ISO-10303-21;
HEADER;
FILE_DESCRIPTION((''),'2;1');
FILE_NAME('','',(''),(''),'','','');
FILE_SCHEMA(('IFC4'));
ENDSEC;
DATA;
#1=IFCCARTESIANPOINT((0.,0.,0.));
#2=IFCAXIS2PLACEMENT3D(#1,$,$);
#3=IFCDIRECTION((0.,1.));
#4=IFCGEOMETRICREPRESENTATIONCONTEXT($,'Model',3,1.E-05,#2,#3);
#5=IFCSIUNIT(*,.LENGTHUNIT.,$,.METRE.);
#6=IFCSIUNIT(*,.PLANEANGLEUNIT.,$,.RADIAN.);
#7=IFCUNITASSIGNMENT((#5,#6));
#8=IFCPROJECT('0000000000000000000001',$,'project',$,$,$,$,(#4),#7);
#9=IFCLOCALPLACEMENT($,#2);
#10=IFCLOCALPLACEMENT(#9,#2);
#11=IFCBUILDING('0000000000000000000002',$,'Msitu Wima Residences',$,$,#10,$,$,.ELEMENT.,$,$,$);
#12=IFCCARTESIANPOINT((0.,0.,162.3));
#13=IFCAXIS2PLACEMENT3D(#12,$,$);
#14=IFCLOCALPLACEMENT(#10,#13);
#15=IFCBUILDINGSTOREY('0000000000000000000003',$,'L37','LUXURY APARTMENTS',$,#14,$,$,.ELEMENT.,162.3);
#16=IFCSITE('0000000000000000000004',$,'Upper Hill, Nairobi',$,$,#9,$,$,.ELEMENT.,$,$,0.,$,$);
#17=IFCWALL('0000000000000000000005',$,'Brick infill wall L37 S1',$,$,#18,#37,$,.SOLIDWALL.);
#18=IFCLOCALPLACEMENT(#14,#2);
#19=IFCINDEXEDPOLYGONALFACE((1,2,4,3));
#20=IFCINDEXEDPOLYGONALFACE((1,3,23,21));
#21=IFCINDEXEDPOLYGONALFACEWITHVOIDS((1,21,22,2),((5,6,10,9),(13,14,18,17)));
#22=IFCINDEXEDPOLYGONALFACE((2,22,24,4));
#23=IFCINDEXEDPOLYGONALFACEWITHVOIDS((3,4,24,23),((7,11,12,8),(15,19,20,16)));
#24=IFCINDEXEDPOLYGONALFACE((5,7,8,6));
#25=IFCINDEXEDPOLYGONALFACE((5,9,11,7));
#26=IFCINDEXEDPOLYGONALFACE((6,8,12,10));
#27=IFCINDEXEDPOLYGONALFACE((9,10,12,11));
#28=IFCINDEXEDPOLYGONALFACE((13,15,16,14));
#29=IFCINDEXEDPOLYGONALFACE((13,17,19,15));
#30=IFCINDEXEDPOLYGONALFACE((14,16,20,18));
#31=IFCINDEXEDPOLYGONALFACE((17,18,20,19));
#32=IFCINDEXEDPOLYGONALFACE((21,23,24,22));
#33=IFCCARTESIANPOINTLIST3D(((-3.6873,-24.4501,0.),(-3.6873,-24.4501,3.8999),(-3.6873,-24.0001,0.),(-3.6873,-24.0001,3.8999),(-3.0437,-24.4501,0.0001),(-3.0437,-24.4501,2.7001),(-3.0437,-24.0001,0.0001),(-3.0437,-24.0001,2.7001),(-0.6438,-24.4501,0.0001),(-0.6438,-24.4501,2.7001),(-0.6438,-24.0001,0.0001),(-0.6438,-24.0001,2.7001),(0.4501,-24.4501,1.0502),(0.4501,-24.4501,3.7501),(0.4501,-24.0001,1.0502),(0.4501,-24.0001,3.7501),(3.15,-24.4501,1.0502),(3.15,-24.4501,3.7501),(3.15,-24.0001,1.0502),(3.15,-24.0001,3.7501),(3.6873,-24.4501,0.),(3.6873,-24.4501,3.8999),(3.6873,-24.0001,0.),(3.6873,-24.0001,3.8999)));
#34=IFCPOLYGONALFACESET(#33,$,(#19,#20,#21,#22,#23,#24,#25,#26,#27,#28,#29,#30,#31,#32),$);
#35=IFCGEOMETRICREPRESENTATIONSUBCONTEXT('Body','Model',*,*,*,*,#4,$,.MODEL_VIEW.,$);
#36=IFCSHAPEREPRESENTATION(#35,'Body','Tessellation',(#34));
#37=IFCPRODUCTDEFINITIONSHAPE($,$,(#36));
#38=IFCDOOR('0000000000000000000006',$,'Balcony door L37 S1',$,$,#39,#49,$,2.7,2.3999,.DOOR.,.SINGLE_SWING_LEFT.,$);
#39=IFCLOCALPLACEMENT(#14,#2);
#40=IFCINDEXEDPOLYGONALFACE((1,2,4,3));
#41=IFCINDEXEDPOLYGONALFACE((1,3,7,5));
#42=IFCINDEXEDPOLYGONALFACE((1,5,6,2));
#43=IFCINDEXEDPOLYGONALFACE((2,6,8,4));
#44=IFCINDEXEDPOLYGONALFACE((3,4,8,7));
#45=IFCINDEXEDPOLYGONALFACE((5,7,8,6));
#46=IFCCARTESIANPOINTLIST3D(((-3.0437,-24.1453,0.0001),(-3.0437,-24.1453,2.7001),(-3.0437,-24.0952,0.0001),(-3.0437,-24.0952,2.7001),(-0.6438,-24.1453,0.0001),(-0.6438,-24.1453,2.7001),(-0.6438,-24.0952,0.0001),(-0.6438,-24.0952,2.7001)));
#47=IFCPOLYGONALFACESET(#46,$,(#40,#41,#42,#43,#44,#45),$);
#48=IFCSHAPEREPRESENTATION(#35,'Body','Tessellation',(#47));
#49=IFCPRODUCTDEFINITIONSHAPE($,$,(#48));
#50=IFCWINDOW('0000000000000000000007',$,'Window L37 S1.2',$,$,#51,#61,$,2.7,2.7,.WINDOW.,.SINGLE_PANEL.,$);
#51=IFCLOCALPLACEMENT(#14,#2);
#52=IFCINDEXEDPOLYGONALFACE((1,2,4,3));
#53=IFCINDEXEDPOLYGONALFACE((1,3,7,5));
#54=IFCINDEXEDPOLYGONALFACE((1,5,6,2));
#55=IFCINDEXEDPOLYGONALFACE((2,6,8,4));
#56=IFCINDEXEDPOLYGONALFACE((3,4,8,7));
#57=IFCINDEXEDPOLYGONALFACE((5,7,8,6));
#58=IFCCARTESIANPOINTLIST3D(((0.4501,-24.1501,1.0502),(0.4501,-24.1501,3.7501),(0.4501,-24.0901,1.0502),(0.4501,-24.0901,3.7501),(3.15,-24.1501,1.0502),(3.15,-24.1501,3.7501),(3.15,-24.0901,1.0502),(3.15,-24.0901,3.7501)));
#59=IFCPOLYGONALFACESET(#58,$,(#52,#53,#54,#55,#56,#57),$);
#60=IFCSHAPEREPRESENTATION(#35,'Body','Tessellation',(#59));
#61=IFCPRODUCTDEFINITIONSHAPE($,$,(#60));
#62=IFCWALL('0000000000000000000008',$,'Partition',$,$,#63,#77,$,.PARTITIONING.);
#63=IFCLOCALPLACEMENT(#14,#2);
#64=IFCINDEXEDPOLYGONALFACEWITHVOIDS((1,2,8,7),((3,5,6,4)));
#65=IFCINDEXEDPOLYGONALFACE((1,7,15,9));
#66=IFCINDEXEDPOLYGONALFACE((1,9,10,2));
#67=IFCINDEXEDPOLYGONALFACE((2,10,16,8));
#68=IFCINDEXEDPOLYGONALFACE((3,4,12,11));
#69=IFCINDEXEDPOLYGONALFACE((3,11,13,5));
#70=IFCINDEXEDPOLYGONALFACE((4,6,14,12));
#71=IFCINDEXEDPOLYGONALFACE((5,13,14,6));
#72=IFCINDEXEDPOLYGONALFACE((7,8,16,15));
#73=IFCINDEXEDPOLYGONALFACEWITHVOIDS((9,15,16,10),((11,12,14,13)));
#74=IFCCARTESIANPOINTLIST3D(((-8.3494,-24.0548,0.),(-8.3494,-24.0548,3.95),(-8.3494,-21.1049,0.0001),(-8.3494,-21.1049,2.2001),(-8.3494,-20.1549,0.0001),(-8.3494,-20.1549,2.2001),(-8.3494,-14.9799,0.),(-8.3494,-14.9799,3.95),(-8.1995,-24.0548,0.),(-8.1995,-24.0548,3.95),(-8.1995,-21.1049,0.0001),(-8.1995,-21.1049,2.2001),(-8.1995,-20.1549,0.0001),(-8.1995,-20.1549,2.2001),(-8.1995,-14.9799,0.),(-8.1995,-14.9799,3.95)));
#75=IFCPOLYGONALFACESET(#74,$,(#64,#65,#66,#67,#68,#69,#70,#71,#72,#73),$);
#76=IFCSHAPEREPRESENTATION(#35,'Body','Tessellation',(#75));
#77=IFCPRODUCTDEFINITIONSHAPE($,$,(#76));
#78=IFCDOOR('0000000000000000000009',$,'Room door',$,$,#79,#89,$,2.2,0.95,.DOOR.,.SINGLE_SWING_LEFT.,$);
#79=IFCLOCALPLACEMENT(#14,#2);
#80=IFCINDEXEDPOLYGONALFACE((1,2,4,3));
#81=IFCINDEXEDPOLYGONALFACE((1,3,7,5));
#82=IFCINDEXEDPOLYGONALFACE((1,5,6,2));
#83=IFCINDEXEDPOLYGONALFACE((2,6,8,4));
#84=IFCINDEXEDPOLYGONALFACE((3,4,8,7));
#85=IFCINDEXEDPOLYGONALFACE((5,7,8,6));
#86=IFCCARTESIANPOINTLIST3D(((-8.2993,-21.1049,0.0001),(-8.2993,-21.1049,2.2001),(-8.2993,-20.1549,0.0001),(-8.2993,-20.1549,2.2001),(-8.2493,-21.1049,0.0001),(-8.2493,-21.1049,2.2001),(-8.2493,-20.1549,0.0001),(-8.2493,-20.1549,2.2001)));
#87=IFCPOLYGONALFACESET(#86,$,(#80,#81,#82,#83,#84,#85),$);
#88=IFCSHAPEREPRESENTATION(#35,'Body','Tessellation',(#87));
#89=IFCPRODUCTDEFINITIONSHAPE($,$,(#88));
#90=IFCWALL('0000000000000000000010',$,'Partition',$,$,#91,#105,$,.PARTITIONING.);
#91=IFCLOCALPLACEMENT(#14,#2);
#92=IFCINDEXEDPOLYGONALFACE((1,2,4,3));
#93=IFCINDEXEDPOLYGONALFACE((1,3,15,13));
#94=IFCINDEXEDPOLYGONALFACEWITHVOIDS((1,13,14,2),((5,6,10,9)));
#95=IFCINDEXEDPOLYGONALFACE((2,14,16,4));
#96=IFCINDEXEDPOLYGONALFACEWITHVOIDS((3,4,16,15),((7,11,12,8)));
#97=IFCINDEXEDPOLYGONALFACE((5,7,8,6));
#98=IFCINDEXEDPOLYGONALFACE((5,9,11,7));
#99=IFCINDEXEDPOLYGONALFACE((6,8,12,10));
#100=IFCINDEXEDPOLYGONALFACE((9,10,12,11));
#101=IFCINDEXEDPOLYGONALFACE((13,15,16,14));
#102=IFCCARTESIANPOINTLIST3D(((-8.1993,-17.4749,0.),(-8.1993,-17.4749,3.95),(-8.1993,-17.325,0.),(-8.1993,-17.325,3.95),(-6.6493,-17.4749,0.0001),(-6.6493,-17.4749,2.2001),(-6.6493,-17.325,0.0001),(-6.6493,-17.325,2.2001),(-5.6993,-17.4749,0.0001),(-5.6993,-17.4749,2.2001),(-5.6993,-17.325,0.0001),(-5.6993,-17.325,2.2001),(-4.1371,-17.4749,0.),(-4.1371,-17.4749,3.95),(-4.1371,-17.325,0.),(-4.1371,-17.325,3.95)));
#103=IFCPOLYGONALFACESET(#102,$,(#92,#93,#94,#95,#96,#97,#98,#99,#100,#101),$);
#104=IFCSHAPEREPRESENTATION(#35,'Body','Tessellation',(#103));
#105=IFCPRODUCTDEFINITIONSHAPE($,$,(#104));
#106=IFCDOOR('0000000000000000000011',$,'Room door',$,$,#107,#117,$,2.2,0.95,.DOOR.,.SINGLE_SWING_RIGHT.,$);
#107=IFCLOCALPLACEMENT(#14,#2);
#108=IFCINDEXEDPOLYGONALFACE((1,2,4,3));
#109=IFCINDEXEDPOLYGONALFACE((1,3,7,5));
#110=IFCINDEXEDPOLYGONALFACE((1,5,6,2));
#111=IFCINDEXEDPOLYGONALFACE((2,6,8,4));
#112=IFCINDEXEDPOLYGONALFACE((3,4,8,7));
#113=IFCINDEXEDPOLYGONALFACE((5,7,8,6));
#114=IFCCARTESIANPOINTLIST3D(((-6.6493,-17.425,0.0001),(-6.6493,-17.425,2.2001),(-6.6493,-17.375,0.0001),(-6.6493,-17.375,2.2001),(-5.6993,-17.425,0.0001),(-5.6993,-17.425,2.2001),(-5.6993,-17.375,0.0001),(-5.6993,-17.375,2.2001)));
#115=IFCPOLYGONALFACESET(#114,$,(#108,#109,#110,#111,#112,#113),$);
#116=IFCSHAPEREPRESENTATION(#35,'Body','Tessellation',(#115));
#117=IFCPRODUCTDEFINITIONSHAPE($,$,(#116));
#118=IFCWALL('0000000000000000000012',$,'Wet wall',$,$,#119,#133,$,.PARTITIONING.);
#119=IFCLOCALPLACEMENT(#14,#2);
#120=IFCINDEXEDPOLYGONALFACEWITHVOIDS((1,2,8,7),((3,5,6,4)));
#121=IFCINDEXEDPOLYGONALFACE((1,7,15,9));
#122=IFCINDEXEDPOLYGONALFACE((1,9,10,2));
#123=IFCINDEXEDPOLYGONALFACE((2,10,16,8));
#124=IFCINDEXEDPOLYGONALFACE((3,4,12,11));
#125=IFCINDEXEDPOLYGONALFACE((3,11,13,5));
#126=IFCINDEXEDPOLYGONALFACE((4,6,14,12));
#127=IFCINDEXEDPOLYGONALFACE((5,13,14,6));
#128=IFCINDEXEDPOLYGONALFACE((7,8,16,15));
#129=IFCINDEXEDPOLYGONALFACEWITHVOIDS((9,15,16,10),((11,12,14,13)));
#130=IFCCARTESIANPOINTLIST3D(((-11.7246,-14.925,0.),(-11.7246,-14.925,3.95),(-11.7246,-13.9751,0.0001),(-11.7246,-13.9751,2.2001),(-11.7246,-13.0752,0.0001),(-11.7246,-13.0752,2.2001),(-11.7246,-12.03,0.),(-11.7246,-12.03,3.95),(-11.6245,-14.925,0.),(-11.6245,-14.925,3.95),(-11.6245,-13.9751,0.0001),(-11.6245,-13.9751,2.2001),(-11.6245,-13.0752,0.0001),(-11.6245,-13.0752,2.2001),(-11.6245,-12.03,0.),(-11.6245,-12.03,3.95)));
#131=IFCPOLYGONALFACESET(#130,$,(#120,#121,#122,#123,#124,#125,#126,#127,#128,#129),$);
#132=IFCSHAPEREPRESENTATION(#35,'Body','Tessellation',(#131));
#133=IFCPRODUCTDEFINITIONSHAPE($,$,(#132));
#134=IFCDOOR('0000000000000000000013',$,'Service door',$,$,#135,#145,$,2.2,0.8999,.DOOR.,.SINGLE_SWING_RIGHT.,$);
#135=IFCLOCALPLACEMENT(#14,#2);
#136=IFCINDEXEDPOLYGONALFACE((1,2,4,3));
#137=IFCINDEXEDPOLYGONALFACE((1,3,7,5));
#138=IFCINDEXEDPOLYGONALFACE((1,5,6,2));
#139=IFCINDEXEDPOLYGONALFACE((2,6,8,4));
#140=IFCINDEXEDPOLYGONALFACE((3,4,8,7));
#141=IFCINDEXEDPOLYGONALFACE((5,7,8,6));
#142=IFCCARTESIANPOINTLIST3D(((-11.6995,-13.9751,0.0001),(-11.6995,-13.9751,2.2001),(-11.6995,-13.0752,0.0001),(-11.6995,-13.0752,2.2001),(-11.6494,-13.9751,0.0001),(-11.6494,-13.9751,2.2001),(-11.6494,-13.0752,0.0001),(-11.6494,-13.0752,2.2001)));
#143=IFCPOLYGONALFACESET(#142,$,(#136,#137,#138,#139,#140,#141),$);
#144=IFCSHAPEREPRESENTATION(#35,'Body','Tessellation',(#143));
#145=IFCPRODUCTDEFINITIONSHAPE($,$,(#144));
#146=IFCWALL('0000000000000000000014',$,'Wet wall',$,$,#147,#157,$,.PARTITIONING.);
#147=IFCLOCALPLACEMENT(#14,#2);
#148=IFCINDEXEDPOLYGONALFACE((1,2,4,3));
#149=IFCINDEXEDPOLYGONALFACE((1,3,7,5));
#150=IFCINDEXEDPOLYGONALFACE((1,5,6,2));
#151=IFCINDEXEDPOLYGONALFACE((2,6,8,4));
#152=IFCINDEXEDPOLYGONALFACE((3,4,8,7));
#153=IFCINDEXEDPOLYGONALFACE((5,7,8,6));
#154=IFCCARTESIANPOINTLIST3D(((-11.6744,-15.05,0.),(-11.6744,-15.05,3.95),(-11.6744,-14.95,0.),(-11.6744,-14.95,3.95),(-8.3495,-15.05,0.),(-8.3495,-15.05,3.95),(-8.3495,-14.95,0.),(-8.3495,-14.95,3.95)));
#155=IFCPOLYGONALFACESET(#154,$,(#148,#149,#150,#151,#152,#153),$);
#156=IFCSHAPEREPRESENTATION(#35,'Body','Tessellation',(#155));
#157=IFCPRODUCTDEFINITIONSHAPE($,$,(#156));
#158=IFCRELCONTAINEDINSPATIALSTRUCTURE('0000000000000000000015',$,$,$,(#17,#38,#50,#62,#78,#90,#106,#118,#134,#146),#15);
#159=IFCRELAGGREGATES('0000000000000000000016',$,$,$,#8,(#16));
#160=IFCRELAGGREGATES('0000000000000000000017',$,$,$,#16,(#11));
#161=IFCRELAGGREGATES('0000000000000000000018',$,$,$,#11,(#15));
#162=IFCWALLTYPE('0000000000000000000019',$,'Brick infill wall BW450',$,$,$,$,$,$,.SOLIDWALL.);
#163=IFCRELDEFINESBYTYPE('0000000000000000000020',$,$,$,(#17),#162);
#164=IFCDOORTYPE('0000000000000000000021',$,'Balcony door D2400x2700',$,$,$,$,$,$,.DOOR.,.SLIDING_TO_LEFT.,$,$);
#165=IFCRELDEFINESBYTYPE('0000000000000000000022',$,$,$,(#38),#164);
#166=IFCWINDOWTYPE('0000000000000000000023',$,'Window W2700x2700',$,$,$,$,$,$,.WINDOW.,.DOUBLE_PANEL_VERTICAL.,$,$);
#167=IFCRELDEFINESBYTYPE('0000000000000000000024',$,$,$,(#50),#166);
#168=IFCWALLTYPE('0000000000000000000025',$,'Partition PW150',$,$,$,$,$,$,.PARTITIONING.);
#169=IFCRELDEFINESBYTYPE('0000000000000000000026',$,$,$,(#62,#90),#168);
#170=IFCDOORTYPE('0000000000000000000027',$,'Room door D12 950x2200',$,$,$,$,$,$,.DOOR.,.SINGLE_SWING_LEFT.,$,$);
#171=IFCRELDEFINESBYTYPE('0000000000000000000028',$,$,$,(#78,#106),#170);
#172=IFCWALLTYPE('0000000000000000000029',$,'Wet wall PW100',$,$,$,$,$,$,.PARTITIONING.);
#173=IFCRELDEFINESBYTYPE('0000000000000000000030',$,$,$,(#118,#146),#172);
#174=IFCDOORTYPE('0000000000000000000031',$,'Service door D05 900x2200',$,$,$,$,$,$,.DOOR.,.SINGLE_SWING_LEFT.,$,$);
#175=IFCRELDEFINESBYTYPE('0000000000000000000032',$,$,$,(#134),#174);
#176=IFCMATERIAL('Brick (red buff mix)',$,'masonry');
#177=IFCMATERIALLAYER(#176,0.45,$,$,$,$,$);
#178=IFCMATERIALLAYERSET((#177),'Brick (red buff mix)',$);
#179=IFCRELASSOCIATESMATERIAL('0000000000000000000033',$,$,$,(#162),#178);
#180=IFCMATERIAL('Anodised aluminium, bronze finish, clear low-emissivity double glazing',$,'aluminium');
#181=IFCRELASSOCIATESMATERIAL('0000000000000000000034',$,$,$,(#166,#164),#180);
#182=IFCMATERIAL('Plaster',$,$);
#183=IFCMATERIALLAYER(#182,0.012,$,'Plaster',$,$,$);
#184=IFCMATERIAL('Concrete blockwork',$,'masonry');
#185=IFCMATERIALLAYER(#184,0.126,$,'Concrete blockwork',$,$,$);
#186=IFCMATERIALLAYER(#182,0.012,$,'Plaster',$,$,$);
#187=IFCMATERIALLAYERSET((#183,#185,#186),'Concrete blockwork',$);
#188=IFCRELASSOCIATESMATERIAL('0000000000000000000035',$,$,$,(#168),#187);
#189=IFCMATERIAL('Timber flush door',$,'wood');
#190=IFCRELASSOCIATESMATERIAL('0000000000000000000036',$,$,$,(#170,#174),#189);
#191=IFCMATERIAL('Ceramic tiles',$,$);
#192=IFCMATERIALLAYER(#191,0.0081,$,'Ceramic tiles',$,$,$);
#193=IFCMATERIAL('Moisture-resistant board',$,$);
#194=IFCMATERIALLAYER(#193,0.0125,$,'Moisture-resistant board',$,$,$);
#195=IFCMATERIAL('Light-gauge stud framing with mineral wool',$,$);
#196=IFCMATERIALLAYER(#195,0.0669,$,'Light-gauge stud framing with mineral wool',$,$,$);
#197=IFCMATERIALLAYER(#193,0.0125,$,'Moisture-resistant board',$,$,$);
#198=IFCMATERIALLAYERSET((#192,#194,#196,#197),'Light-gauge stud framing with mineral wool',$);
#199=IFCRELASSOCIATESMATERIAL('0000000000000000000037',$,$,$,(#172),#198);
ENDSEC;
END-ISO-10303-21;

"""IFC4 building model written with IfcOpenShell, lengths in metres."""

from ifc_helpers import new_model, si_unit, direction, frame, frame_2d, origin, place, context, subcontext, project, spatial, rectangle, extrude, material, layer, layer_set, type_object, element, fill, save


model = new_model("IFC4")

# Units and contexts
model_context = context("Model", 3, precision=1e-05, world=origin(), true_north=direction((0.0, 1.0)))
body_context = subcontext(model_context, "Body", "Model", "MODEL_VIEW")
ifc_project = project(units=[si_unit("LENGTHUNIT", "METRE"), si_unit("PLANEANGLEUNIT", "RADIAN")], contexts=[model_context])

# Site, building, storey
site_placement = place(None, origin())
site = spatial("IfcSite", under=ifc_project, at=site_placement, Name="Upper Hill, Nairobi", CompositionType="ELEMENT", RefElevation=0.0)
building_placement = place(site_placement, origin())
building = spatial("IfcBuilding", under=site, at=building_placement, Name="Msitu Wima Residences", CompositionType="ELEMENT")
storey_placement = place(building_placement, frame((0.0, 0.0, 162.3)))
storey = spatial("IfcBuildingStorey", under=building, at=storey_placement, Name="L37", Description="LUXURY APARTMENTS", CompositionType="ELEMENT", Elevation=162.3)

# Shared definitions
ifc_material_1 = material(Name="Brick (red buff mix)", Category="masonry")
ifc_layer_1 = layer(ifc_material_1, 0.45)
ifc_layer_set_1 = layer_set([ifc_layer_1], Name="Brick (red buff mix)")
wall_type_1 = type_object("IfcWallType", Name="Brick infill wall BW450", PredefinedType="SOLIDWALL", material=ifc_layer_set_1)
ifc_material_2 = material(Name="Anodised aluminium, bronze finish, clear low-emissivity double glazing", Category="aluminium")
window_type = type_object("IfcWindowType", Name="Window W2700x2700", PartitioningType="DOUBLE_PANEL_VERTICAL", PredefinedType="WINDOW", material=ifc_material_2)

# Wall, openings, door, window
wall_1_placement = place(storey_placement, frame((-3.6873, -24.2251, 0.0), z_axis=(0.0, 0.0, 1.0), x_axis=(1.0, 0.0, 0.0)))
wall_1 = element("IfcWall", 1, at=wall_1_placement, inside=storey, type_object=wall_type_1, Name="Brick infill wall L37 S1", PredefinedType="SOLIDWALL", context=body_context, shape_type="SweptSolid", body=[
    extrude(rectangle(XDim=7.3745, YDim=0.45, at=frame_2d((3.6873, 0.0))), origin(), (0.0, 0.0, 1.0), 3.8999),
])
opening_1_placement = place(wall_1_placement, frame((0.6436, 0.0, 0.0)))
opening_1 = element("IfcOpeningElement", 2, at=opening_1_placement, cuts=wall_1, PredefinedType="OPENING", context=body_context, shape_type="SweptSolid", body=[
    extrude(rectangle(XDim=2.3999, YDim=2.7, at=frame_2d((1.2, 1.3501))), frame((0.0, 0.2349, 0.0), z_axis=(0.0, -1.0, 0.0), x_axis=(1.0, 0.0, 0.0)), (0.0, 0.0, 1.0), 0.47),
])
opening_2_placement = place(wall_1_placement, frame((4.1372, 0.0, 1.05)))
opening_2 = element("IfcOpeningElement", 3, at=opening_2_placement, cuts=wall_1, PredefinedType="OPENING", context=body_context, shape_type="SweptSolid", body=[
    extrude(rectangle(XDim=2.7, YDim=2.7, at=frame_2d((1.3501, 1.3501))), frame((0.0, 0.2349, 0.0), z_axis=(0.0, -1.0, 0.0), x_axis=(1.0, 0.0, 0.0)), (0.0, 0.0, 1.0), 0.47),
])
door_type_1 = type_object("IfcDoorType", Name="Balcony door D2400x2700", OperationType="SLIDING_TO_LEFT", PredefinedType="DOOR", material=ifc_material_2)
door_1_placement = place(opening_1_placement, origin())
door_1 = element("IfcDoor", 4, at=door_1_placement, inside=storey, type_object=door_type_1, Name="Balcony door L37 S1", OperationType="SINGLE_SWING_LEFT", OverallHeight=2.7, OverallWidth=2.3999, PredefinedType="DOOR", context=body_context, shape_type="SweptSolid", body=[
    extrude(rectangle(XDim=2.3999, YDim=2.7, at=frame_2d((1.2, 1.3501))), frame((0.0, 0.1299, 0.0), z_axis=(0.0, -1.0, 0.0), x_axis=(1.0, 0.0, 0.0)), (0.0, 0.0, 1.0), 0.05),
])
fill(opening_1, door_1)
window_1_placement = place(opening_2_placement, origin())
window_1 = element("IfcWindow", 5, at=window_1_placement, inside=storey, type_object=window_type, Name="Window L37 S1.2", OverallHeight=2.7, OverallWidth=2.7, PartitioningType="SINGLE_PANEL", PredefinedType="WINDOW", context=body_context, shape_type="SweptSolid", body=[
    extrude(rectangle(XDim=2.7, YDim=2.7, at=frame_2d((1.3501, 1.3501))), frame((0.0, 0.135, 0.0), z_axis=(0.0, -1.0, 0.0), x_axis=(1.0, 0.0, 0.0)), (0.0, 0.0, 1.0), 0.0601),
])
fill(opening_2, window_1)

# Walls, openings, doors
ifc_material_3 = material(Name="Plaster")
ifc_layer_2 = layer(ifc_material_3, 0.012, Name="Plaster")
ifc_material_4 = material(Name="Concrete blockwork", Category="masonry")
ifc_layer_3 = layer(ifc_material_4, 0.126, Name="Concrete blockwork")
ifc_layer_4 = layer(ifc_material_3, 0.012, Name="Plaster")
ifc_layer_set_2 = layer_set([ifc_layer_2, ifc_layer_3, ifc_layer_4], Name="Concrete blockwork")
wall_type_2 = type_object("IfcWallType", Name="Partition PW150", PredefinedType="PARTITIONING", material=ifc_layer_set_2)
wall_2_placement = place(storey_placement, frame((-8.2744, -24.0549, 0.0), z_axis=(0.0, 0.0, 1.0), x_axis=(0.0, 1.0, 0.0)))
wall_2 = element("IfcWall", 6, at=wall_2_placement, inside=storey, type_object=wall_type_2, Name="Partition", PredefinedType="PARTITIONING", context=body_context, shape_type="SweptSolid", body=[
    extrude(rectangle(XDim=9.075, YDim=0.1499, at=frame_2d((4.5376, 0.0))), origin(), (0.0, 0.0, 1.0), 3.95),
])
opening_3_placement = place(wall_2_placement, frame((2.95, 0.0, 0.0)))
opening_3 = element("IfcOpeningElement", 7, at=opening_3_placement, cuts=wall_2, PredefinedType="OPENING", context=body_context, shape_type="SweptSolid", body=[
    extrude(rectangle(XDim=0.95, YDim=2.2, at=frame_2d((0.4751, 1.1001))), frame((0.0, 0.085, 0.0), z_axis=(0.0, -1.0, 0.0), x_axis=(1.0, 0.0, 0.0)), (0.0, 0.0, 1.0), 0.1699),
])
ifc_material_5 = material(Name="Timber flush door", Category="wood")
door_type_2 = type_object("IfcDoorType", Name="Room door D12 950x2200", OperationType="SINGLE_SWING_LEFT", PredefinedType="DOOR", material=ifc_material_5)
door_2_placement = place(opening_3_placement, origin())
door_2 = element("IfcDoor", 8, at=door_2_placement, inside=storey, type_object=door_type_2, Name="Room door", OperationType="SINGLE_SWING_LEFT", OverallHeight=2.2, OverallWidth=0.95, PredefinedType="DOOR", context=body_context, shape_type="SweptSolid", body=[
    extrude(rectangle(XDim=0.95, YDim=2.2, at=frame_2d((0.4751, 1.1001))), frame((0.0, 0.0249, 0.0), z_axis=(0.0, -1.0, 0.0), x_axis=(1.0, 0.0, 0.0)), (0.0, 0.0, 1.0), 0.05),
])
fill(opening_3, door_2)
wall_3_placement = place(storey_placement, frame((-8.1995, -17.3999, 0.0), z_axis=(0.0, 0.0, 1.0), x_axis=(1.0, 0.0, 0.0)))
wall_3 = element("IfcWall", 9, at=wall_3_placement, inside=storey, type_object=wall_type_2, Name="Partition", PredefinedType="PARTITIONING", context=body_context, shape_type="SweptSolid", body=[
    extrude(rectangle(XDim=4.0623, YDim=0.1499, at=frame_2d((2.0312, 0.0))), origin(), (0.0, 0.0, 1.0), 3.95),
])
opening_4_placement = place(wall_3_placement, frame((1.55, 0.0, 0.0)))
opening_4 = element("IfcOpeningElement", 10, at=opening_4_placement, cuts=wall_3, PredefinedType="OPENING", context=body_context, shape_type="SweptSolid", body=[
    extrude(rectangle(XDim=0.95, YDim=2.2, at=frame_2d((0.4751, 1.1001))), frame((0.0, 0.085, 0.0), z_axis=(0.0, -1.0, 0.0), x_axis=(1.0, 0.0, 0.0)), (0.0, 0.0, 1.0), 0.1699),
])
door_3_placement = place(opening_4_placement, origin())
door_3 = element("IfcDoor", 11, at=door_3_placement, inside=storey, type_object=door_type_2, Name="Room door", OperationType="SINGLE_SWING_RIGHT", OverallHeight=2.2, OverallWidth=0.95, PredefinedType="DOOR", context=body_context, shape_type="SweptSolid", body=[
    extrude(rectangle(XDim=0.95, YDim=2.2, at=frame_2d((0.4751, 1.1001))), frame((0.0, 0.0249, 0.0), z_axis=(0.0, -1.0, 0.0), x_axis=(1.0, 0.0, 0.0)), (0.0, 0.0, 1.0), 0.05),
])
fill(opening_4, door_3)
ifc_material_6 = material(Name="Ceramic tiles")
ifc_layer_5 = layer(ifc_material_6, 0.0081, Name="Ceramic tiles")
ifc_material_7 = material(Name="Moisture-resistant board")
ifc_layer_6 = layer(ifc_material_7, 0.0125, Name="Moisture-resistant board")
ifc_material_8 = material(Name="Light-gauge stud framing with mineral wool")
ifc_layer_7 = layer(ifc_material_8, 0.0669, Name="Light-gauge stud framing with mineral wool")
ifc_layer_8 = layer(ifc_material_7, 0.0125, Name="Moisture-resistant board")
ifc_layer_set_3 = layer_set([ifc_layer_5, ifc_layer_6, ifc_layer_7, ifc_layer_8], Name="Light-gauge stud framing with mineral wool")
wall_type_3 = type_object("IfcWallType", Name="Wet wall PW100", PredefinedType="PARTITIONING", material=ifc_layer_set_3)
wall_4_placement = place(storey_placement, frame((-11.6746, -14.925, 0.0), z_axis=(0.0, 0.0, 1.0), x_axis=(0.0, 1.0, 0.0)))
wall_4 = element("IfcWall", 12, at=wall_4_placement, inside=storey, type_object=wall_type_3, Name="Wet wall", PredefinedType="PARTITIONING", context=body_context, shape_type="SweptSolid", body=[
    extrude(rectangle(XDim=2.895, YDim=0.1001, at=frame_2d((1.4475, 0.0))), origin(), (0.0, 0.0, 1.0), 3.95),
])
opening_5_placement = place(wall_4_placement, frame((0.95, 0.0, 0.0)))
opening_5 = element("IfcOpeningElement", 13, at=opening_5_placement, cuts=wall_4, PredefinedType="OPENING", context=body_context, shape_type="SweptSolid", body=[
    extrude(rectangle(XDim=0.8999, YDim=2.2, at=frame_2d((0.45, 1.1001))), frame((0.0, 0.0601, 0.0), z_axis=(0.0, -1.0, 0.0), x_axis=(1.0, 0.0, 0.0)), (0.0, 0.0, 1.0), 0.1201),
])
door_type_3 = type_object("IfcDoorType", Name="Service door D05 900x2200", OperationType="SINGLE_SWING_LEFT", PredefinedType="DOOR", material=ifc_material_5)
door_4_placement = place(opening_5_placement, origin())
door_4 = element("IfcDoor", 14, at=door_4_placement, inside=storey, type_object=door_type_3, Name="Service door", OperationType="SINGLE_SWING_RIGHT", OverallHeight=2.2, OverallWidth=0.8999, PredefinedType="DOOR", context=body_context, shape_type="SweptSolid", body=[
    extrude(rectangle(XDim=0.8999, YDim=2.2, at=frame_2d((0.45, 1.1001))), frame((0.0, 0.0249, 0.0), z_axis=(0.0, -1.0, 0.0), x_axis=(1.0, 0.0, 0.0)), (0.0, 0.0, 1.0), 0.05),
])
fill(opening_5, door_4)

# Wall
wall_5_placement = place(storey_placement, frame((-11.6746, -15.0, 0.0), z_axis=(0.0, 0.0, 1.0), x_axis=(1.0, 0.0, 0.0)))
element("IfcWall", 15, at=wall_5_placement, inside=storey, type_object=wall_type_3, Name="Wet wall", PredefinedType="PARTITIONING", context=body_context, shape_type="SweptSolid", body=[
    extrude(rectangle(XDim=3.325, YDim=0.1001, at=frame_2d((1.6626, 0.0))), origin(), (0.0, 0.0, 1.0), 3.95),
])

save(model, "model.ifc")
